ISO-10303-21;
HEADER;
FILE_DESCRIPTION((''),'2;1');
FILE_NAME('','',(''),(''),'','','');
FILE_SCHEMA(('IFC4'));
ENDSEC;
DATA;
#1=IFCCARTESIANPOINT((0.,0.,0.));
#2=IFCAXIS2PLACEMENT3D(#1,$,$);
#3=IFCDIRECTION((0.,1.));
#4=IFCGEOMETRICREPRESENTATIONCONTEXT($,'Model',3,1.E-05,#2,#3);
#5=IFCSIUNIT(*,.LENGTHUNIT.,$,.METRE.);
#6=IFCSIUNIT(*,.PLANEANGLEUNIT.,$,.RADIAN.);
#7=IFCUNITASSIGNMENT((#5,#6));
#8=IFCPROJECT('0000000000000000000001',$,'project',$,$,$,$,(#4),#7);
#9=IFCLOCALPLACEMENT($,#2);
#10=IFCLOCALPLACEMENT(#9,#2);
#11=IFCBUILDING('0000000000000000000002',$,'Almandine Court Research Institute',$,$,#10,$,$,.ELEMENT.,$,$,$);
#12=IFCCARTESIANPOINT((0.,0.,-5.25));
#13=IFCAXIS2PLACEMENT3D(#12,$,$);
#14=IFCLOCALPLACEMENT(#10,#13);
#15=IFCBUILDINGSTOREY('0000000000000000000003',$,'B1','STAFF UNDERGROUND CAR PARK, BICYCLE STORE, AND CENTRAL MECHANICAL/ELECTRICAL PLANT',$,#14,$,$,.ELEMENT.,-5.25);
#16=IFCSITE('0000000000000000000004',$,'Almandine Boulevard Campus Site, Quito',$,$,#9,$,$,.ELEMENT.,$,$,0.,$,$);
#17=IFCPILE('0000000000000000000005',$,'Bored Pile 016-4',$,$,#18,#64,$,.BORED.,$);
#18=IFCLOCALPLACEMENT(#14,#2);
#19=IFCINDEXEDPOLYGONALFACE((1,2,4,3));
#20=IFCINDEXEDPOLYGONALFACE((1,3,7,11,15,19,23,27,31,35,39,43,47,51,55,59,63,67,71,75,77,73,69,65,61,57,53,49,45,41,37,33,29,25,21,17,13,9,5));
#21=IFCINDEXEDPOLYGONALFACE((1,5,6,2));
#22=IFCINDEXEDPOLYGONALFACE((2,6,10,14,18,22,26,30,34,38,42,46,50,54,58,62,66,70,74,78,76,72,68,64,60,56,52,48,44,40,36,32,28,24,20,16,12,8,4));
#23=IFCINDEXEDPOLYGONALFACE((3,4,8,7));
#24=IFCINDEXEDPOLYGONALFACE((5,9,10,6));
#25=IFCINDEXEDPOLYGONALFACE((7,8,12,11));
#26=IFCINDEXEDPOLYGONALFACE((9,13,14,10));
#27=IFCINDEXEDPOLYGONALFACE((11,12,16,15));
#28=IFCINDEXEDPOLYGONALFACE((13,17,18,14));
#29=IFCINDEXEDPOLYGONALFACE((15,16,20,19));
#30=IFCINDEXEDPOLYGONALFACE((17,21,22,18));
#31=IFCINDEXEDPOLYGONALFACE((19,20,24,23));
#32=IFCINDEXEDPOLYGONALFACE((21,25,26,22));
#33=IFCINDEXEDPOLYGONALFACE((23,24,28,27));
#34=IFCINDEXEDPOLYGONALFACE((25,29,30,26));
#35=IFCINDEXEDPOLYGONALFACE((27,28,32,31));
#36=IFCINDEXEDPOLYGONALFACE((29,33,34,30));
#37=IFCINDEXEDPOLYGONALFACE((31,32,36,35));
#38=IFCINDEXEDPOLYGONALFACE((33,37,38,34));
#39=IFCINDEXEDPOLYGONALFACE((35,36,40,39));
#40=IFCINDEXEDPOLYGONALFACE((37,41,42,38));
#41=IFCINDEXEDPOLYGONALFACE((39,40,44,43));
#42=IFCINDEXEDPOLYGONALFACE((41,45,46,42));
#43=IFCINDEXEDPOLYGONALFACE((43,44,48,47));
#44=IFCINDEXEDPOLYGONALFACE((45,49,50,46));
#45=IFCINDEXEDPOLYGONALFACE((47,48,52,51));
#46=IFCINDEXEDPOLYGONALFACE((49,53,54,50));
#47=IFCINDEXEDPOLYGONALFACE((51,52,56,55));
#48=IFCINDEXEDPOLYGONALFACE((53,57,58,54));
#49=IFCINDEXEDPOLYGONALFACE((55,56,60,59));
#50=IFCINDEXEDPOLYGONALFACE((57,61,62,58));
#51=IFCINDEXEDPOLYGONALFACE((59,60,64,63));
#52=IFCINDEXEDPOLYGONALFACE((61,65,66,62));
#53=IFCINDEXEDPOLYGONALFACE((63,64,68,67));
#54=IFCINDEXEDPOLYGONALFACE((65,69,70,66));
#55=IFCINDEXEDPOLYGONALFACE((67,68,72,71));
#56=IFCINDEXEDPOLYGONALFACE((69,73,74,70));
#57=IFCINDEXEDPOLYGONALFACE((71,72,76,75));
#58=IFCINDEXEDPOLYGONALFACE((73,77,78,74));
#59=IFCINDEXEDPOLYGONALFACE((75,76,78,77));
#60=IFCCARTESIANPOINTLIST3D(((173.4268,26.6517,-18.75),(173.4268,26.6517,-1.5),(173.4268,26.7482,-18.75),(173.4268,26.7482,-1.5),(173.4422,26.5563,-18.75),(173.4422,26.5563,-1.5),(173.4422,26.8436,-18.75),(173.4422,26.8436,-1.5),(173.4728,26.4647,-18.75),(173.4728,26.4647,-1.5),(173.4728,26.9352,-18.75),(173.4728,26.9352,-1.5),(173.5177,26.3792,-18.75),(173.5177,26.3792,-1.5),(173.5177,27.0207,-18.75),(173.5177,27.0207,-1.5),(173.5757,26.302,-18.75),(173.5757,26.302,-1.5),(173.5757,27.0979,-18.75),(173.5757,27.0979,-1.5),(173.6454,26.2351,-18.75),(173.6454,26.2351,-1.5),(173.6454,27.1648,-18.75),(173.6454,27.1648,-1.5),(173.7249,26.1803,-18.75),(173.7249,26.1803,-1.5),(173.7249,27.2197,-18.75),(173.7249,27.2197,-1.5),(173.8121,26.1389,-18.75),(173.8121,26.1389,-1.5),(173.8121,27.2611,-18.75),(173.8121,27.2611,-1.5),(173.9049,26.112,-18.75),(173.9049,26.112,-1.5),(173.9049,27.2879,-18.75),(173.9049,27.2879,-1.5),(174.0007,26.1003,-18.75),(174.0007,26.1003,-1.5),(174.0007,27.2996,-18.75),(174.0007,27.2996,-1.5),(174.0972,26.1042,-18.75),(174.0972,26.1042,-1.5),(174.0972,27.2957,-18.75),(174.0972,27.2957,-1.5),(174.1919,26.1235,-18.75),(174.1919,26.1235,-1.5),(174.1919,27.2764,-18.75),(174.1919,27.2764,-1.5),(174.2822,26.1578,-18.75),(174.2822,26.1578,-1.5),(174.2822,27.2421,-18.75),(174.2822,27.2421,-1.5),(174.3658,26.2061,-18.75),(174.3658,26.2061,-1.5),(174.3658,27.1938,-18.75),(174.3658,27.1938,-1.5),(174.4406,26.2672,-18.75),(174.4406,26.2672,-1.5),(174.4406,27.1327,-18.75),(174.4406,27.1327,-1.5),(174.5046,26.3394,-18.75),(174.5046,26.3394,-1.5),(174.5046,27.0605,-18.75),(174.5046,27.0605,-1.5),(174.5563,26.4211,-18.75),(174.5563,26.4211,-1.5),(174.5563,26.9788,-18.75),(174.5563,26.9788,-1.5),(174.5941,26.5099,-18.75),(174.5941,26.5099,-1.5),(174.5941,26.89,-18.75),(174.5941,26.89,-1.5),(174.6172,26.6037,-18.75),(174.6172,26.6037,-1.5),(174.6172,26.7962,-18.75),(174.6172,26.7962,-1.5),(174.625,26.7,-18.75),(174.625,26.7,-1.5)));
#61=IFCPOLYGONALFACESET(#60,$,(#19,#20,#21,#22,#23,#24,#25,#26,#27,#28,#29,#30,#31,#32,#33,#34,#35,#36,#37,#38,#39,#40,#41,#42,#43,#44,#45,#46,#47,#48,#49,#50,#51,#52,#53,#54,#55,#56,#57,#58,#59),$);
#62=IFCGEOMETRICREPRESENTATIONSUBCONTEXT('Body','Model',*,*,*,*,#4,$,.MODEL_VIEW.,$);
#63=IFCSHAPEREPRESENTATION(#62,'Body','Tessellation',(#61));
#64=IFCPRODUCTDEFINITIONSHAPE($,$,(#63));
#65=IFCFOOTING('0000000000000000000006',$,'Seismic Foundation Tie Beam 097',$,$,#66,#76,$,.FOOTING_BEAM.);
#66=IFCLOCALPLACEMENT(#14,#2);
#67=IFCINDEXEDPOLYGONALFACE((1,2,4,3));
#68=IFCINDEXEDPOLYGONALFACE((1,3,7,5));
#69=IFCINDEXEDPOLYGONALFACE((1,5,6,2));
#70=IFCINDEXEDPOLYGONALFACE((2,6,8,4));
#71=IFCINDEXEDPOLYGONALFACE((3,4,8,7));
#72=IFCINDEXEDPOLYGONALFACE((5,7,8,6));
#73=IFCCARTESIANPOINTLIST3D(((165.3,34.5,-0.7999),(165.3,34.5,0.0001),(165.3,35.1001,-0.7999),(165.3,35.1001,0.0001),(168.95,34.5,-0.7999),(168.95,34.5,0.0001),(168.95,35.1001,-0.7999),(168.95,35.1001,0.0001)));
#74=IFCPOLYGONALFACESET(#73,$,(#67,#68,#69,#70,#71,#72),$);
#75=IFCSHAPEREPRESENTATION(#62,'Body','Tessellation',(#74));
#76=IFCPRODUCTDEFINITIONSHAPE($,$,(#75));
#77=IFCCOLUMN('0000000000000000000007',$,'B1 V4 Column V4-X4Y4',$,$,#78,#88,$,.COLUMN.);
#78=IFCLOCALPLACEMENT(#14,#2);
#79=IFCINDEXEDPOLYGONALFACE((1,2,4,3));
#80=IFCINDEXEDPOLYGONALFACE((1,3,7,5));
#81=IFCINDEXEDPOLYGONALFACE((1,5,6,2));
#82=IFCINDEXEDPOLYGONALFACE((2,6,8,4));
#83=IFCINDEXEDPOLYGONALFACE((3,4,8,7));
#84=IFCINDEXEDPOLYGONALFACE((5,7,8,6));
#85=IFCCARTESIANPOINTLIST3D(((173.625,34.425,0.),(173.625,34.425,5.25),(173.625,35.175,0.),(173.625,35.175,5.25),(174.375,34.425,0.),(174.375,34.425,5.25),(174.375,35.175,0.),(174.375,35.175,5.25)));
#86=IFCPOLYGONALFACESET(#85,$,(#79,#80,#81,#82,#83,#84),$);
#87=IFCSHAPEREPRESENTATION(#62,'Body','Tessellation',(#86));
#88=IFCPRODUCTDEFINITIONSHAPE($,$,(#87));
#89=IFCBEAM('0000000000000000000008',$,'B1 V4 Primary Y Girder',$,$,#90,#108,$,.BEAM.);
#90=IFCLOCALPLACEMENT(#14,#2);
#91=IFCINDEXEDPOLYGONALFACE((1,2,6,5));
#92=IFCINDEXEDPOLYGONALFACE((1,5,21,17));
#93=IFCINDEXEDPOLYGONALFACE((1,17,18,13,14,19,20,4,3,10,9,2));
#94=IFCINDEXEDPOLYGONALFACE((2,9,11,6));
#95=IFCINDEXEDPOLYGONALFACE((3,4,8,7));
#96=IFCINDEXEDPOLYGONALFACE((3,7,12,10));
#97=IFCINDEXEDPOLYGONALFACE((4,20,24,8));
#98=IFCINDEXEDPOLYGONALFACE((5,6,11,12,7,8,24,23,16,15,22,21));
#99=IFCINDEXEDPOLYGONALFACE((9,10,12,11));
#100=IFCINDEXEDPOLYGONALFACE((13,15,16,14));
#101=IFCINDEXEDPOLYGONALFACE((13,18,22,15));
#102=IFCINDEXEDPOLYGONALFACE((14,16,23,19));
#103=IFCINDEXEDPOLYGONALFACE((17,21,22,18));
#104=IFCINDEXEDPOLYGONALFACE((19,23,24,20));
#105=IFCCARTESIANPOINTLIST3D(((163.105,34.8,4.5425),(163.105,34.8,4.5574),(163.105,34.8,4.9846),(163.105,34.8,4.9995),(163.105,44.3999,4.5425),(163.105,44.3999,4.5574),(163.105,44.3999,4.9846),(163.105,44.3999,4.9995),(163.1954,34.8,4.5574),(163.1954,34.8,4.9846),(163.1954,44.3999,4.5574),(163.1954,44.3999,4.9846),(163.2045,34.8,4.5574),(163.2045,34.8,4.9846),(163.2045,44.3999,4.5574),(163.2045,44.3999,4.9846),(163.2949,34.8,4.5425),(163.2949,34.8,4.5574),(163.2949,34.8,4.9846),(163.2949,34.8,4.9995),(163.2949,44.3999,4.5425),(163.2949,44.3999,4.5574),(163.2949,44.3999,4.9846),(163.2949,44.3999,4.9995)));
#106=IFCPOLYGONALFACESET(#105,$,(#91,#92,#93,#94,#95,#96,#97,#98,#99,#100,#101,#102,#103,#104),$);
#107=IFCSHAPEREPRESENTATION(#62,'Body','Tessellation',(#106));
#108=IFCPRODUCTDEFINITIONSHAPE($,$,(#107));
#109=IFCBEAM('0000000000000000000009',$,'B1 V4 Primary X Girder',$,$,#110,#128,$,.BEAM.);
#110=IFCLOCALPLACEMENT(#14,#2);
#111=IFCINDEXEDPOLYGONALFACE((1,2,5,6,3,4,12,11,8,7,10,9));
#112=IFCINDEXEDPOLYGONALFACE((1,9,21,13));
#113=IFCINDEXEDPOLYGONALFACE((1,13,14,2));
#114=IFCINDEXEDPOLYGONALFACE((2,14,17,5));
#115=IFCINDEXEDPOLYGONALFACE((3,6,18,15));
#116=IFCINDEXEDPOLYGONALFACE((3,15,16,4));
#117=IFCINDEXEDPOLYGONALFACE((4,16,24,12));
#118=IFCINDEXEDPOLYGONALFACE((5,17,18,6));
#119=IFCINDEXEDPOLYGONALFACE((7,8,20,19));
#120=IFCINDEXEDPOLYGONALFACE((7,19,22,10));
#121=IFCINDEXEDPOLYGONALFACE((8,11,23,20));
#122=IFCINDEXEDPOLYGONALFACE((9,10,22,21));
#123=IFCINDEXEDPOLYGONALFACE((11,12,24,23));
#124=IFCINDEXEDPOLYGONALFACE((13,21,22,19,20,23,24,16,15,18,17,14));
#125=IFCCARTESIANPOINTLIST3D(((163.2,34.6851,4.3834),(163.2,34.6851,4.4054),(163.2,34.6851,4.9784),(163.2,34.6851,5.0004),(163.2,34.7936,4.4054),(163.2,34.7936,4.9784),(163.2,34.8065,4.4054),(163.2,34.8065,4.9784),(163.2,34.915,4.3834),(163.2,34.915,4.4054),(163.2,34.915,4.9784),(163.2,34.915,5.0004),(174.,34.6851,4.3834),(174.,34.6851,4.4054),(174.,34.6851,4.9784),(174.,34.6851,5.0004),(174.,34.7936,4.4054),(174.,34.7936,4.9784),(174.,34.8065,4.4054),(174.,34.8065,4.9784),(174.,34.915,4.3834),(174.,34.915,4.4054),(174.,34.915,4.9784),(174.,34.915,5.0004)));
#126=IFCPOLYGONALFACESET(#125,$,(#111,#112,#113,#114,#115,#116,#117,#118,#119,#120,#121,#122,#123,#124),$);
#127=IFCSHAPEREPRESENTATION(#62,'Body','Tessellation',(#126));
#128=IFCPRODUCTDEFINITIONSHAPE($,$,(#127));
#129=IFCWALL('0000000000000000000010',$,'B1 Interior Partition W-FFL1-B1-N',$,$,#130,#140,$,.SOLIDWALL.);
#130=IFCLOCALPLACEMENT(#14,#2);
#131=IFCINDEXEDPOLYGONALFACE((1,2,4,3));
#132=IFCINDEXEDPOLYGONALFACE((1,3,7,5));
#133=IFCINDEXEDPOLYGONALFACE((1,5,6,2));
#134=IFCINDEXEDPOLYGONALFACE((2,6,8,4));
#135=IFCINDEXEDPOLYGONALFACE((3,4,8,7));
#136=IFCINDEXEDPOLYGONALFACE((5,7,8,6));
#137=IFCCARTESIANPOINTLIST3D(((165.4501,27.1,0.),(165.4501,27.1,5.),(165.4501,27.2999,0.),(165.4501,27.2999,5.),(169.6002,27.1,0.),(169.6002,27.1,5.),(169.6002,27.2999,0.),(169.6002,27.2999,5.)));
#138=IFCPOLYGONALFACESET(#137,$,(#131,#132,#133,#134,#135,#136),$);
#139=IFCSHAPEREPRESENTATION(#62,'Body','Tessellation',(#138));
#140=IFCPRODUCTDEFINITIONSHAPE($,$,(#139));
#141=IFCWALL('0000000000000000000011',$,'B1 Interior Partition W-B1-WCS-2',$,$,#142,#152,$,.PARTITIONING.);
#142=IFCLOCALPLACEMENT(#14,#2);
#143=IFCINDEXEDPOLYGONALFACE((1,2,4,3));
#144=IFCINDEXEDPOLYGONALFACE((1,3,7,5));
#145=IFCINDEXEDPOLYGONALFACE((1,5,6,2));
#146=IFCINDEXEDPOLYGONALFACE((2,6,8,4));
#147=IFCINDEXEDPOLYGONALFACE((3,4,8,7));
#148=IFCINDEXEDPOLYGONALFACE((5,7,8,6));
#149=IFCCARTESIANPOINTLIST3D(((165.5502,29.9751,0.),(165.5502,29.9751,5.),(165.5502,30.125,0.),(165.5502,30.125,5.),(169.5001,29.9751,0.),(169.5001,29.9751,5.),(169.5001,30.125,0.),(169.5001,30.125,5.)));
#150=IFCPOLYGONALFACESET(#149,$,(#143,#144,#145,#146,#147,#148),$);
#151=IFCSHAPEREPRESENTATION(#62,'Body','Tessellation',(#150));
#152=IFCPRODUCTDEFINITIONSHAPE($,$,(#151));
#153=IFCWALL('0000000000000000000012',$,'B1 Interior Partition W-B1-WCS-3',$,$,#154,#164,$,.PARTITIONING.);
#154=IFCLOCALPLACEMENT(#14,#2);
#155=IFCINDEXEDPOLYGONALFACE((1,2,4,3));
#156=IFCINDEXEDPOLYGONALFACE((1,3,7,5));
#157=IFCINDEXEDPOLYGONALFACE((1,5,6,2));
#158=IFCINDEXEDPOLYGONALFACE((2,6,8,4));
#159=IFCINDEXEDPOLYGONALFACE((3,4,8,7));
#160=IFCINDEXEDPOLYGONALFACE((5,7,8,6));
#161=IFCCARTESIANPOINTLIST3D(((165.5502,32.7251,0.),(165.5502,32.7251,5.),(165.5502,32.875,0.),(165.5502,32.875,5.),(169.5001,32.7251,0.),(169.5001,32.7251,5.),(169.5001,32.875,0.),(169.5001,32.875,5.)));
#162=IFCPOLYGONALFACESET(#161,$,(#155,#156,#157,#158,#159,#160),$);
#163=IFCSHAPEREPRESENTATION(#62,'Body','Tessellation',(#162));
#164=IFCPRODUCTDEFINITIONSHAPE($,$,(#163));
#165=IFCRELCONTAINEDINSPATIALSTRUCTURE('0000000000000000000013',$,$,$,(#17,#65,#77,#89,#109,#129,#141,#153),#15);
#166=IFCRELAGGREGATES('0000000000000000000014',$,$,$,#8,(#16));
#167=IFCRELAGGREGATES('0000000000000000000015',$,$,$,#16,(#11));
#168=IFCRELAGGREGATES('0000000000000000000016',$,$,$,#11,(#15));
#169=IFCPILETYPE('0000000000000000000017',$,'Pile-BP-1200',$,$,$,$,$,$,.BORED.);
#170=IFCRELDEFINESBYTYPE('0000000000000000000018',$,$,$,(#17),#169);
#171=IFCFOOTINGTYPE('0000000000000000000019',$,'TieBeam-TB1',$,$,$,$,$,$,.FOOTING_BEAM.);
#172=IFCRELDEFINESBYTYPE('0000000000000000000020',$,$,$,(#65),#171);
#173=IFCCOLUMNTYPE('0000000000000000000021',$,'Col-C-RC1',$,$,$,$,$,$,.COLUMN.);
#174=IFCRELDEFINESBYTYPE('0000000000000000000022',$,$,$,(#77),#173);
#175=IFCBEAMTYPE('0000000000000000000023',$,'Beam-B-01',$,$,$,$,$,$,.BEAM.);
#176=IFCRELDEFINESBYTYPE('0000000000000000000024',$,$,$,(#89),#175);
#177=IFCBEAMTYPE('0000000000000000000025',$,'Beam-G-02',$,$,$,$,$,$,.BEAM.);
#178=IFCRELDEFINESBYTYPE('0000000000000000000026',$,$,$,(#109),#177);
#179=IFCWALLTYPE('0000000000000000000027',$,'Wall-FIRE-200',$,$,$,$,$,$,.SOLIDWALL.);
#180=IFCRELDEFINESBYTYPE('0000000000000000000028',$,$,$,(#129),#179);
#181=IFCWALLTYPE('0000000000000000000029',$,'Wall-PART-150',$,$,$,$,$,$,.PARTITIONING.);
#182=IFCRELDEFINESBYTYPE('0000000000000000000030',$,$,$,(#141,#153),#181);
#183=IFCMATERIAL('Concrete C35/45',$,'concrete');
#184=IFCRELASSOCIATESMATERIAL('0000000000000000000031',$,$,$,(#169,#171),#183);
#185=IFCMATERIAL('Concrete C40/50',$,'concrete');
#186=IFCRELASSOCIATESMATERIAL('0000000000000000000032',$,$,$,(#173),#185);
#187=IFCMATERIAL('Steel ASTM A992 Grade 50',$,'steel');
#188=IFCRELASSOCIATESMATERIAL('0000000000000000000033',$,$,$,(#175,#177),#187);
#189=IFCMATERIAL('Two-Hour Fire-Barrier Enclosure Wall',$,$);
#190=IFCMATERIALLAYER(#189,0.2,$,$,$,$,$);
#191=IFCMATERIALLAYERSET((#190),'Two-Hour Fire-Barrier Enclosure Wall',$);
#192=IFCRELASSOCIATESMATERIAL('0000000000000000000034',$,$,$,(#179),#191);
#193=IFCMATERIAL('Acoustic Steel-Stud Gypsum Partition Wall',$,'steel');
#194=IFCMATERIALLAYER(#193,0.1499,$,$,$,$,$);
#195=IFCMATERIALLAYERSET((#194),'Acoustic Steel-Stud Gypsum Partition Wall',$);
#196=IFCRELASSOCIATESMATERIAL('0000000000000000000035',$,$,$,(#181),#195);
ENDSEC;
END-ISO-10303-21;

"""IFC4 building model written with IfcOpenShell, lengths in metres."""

from ifc_helpers import new_model, si_unit, direction, frame, frame_2d, origin, origin_2d, place, context, subcontext, project, spatial, rectangle, circle, i_section, extrude, material, layer, layer_set, material_profile, profile_set, type_object, element, save


model = new_model("IFC4")

# Units and contexts
model_context = context("Model", 3, precision=1e-05, world=origin(), true_north=direction((0.0, 1.0)))
body_context = subcontext(model_context, "Body", "Model", "MODEL_VIEW")
ifc_project = project(units=[si_unit("LENGTHUNIT", "METRE"), si_unit("PLANEANGLEUNIT", "RADIAN")], contexts=[model_context])

# Site, building, storey
site_placement = place(None, origin())
site = spatial("IfcSite", under=ifc_project, at=site_placement, Name="Almandine Boulevard Campus Site, Quito", CompositionType="ELEMENT", RefElevation=0.0)
building_placement = place(site_placement, origin())
building = spatial("IfcBuilding", under=site, at=building_placement, Name="Almandine Court Research Institute", CompositionType="ELEMENT")
storey_placement = place(building_placement, frame((0.0, 0.0, -5.25)))
storey = spatial("IfcBuildingStorey", under=building, at=storey_placement, Name="B1", Description="STAFF UNDERGROUND CAR PARK, BICYCLE STORE, AND CENTRAL MECHANICAL/ELECTRICAL PLANT", CompositionType="ELEMENT", Elevation=-5.25)

# Shared definitions
ifc_material_1 = material(Name="Concrete C35/45", Category="concrete")

# Pile
ifc_material_profile_1 = material_profile(ifc_material_1, circle(Radius=0.6001, at=origin_2d()), Name="BORED PILE D1200")
ifc_profile_set_1 = profile_set([ifc_material_profile_1], Name="Concrete C35/45")
pile_type_1 = type_object("IfcPileType", Name="Pile-BP-1200", PredefinedType="BORED", material=ifc_profile_set_1)
for number, where, z_axis, x_axis, name in (
    (1, (174.0249, 26.7, -1.5), (0.0, 0.0, -1.0), (1.0, 0.0, 0.0), "Bored Pile 016-4"),
):
    element("IfcPile", number, at=place(storey_placement, frame(where, z_axis=z_axis, x_axis=x_axis)), inside=storey, type_object=pile_type_1, Name=name, PredefinedType="BORED", context=body_context, shape_type="SweptSolid", body=[
        extrude(circle(Radius=0.6001, at=origin_2d()), origin(), (0.0, 0.0, 1.0), 17.25),
    ])

# Footing
ifc_material_profile_2 = material_profile(ifc_material_1, rectangle(XDim=0.6001, YDim=0.8, at=origin_2d()), Name="RC TIE 600x800")
ifc_profile_set_2 = profile_set([ifc_material_profile_2], Name="Concrete C35/45")
footing_type_1 = type_object("IfcFootingType", Name="TieBeam-TB1", PredefinedType="FOOTING_BEAM", material=ifc_profile_set_2)
footing_1_placement = place(storey_placement, frame((165.3, 34.8, -0.3999), z_axis=(1.0, 0.0, 0.0), x_axis=(0.0, 1.0, 0.0)))
element("IfcFooting", 2, at=footing_1_placement, inside=storey, type_object=footing_type_1, Name="Seismic Foundation Tie Beam 097", PredefinedType="FOOTING_BEAM", context=body_context, shape_type="SweptSolid", body=[
    extrude(rectangle(XDim=0.6001, YDim=0.8, at=origin_2d()), origin(), (0.0, 0.0, 1.0), 3.6499),
])

# Column
ifc_material_2 = material(Name="Concrete C40/50", Category="concrete")
ifc_material_profile_3 = material_profile(ifc_material_2, rectangle(XDim=0.75, YDim=0.75, at=origin_2d()), Name="RC 750x750")
ifc_profile_set_3 = profile_set([ifc_material_profile_3], Name="Concrete C40/50")
column_type = type_object("IfcColumnType", Name="Col-C-RC1", PredefinedType="COLUMN", material=ifc_profile_set_3)
column_placement = place(storey_placement, frame((174.0, 34.8, 0.0), z_axis=(0.0, 0.0, 1.0), x_axis=(1.0, 0.0, 0.0)))
element("IfcColumn", 3, at=column_placement, inside=storey, type_object=column_type, Name="B1 V4 Column V4-X4Y4", PredefinedType="COLUMN", context=body_context, shape_type="SweptSolid", body=[
    extrude(rectangle(XDim=0.75, YDim=0.75, at=origin_2d()), origin(), (0.0, 0.0, 1.0), 5.25),
])

# Beams
ifc_material_3 = material(Name="Steel ASTM A992 Grade 50", Category="steel")
ifc_material_profile_4 = material_profile(ifc_material_3, i_section(OverallWidth=0.1899, OverallDepth=0.457, WebThickness=0.009, FlangeThickness=0.0149, at=origin_2d()), Name="W460x74")
ifc_profile_set_4 = profile_set([ifc_material_profile_4], Name="Steel ASTM A992 Grade 50")
beam_type_1 = type_object("IfcBeamType", Name="Beam-B-01", PredefinedType="BEAM", material=ifc_profile_set_4)
beam_1_placement = place(storey_placement, frame((163.2, 34.8, 4.771), z_axis=(0.0, 1.0, 0.0), x_axis=(-1.0, 0.0, 0.0)))
element("IfcBeam", 4, at=beam_1_placement, inside=storey, type_object=beam_type_1, Name="B1 V4 Primary Y Girder", PredefinedType="BEAM", context=body_context, shape_type="SweptSolid", body=[
    extrude(i_section(OverallWidth=0.1899, OverallDepth=0.457, WebThickness=0.009, FlangeThickness=0.0149, at=origin_2d()), origin(), (0.0, 0.0, 1.0), 9.5999),
])
ifc_material_profile_5 = material_profile(ifc_material_3, i_section(OverallWidth=0.23, OverallDepth=0.6169, WebThickness=0.0129, FlangeThickness=0.022, at=origin_2d()), Name="W610x140")
ifc_profile_set_5 = profile_set([ifc_material_profile_5], Name="Steel ASTM A992 Grade 50")
beam_type_2 = type_object("IfcBeamType", Name="Beam-G-02", PredefinedType="BEAM", material=ifc_profile_set_5)
beam_2_placement = place(storey_placement, frame((163.2, 34.8, 4.6919), z_axis=(1.0, 0.0, 0.0), x_axis=(0.0, 1.0, 0.0)))
element("IfcBeam", 5, at=beam_2_placement, inside=storey, type_object=beam_type_2, Name="B1 V4 Primary X Girder", PredefinedType="BEAM", context=body_context, shape_type="SweptSolid", body=[
    extrude(i_section(OverallWidth=0.23, OverallDepth=0.6169, WebThickness=0.0129, FlangeThickness=0.022, at=origin_2d()), origin(), (0.0, 0.0, 1.0), 10.8),
])

# Walls
ifc_material_4 = material(Name="Two-Hour Fire-Barrier Enclosure Wall")
ifc_layer_1 = layer(ifc_material_4, 0.2)
ifc_layer_set_1 = layer_set([ifc_layer_1], Name="Two-Hour Fire-Barrier Enclosure Wall")
wall_type_1 = type_object("IfcWallType", Name="Wall-FIRE-200", PredefinedType="SOLIDWALL", material=ifc_layer_set_1)
wall_1_placement = place(storey_placement, frame((165.45, 27.2, 0.0), z_axis=(0.0, 0.0, 1.0), x_axis=(1.0, 0.0, 0.0)))
element("IfcWall", 6, at=wall_1_placement, inside=storey, type_object=wall_type_1, Name="B1 Interior Partition W-FFL1-B1-N", PredefinedType="SOLIDWALL", context=body_context, shape_type="SweptSolid", body=[
    extrude(rectangle(XDim=4.1501, YDim=0.2, at=frame_2d((2.0752, 0.0))), origin(), (0.0, 0.0, 1.0), 5.0),
])
ifc_material_5 = material(Name="Acoustic Steel-Stud Gypsum Partition Wall", Category="steel")
ifc_layer_2 = layer(ifc_material_5, 0.1499)
ifc_layer_set_2 = layer_set([ifc_layer_2], Name="Acoustic Steel-Stud Gypsum Partition Wall")
wall_type_2 = type_object("IfcWallType", Name="Wall-PART-150", PredefinedType="PARTITIONING", material=ifc_layer_set_2)
for number, where, z_axis, x_axis, name in (
    (7, (165.55, 30.05, 0.0), (0.0, 0.0, 1.0), (1.0, 0.0, 0.0), "B1 Interior Partition W-B1-WCS-2"),
    (8, (165.55, 32.8, 0.0), (0.0, 0.0, 1.0), (1.0, 0.0, 0.0), "B1 Interior Partition W-B1-WCS-3"),
):
    element("IfcWall", number, at=place(storey_placement, frame(where, z_axis=z_axis, x_axis=x_axis)), inside=storey, type_object=wall_type_2, Name=name, PredefinedType="PARTITIONING", context=body_context, shape_type="SweptSolid", body=[
        extrude(rectangle(XDim=3.95, YDim=0.1499, at=frame_2d((1.9751, 0.0))), origin(), (0.0, 0.0, 1.0), 5.0),
    ])

save(model, "model.ifc")
